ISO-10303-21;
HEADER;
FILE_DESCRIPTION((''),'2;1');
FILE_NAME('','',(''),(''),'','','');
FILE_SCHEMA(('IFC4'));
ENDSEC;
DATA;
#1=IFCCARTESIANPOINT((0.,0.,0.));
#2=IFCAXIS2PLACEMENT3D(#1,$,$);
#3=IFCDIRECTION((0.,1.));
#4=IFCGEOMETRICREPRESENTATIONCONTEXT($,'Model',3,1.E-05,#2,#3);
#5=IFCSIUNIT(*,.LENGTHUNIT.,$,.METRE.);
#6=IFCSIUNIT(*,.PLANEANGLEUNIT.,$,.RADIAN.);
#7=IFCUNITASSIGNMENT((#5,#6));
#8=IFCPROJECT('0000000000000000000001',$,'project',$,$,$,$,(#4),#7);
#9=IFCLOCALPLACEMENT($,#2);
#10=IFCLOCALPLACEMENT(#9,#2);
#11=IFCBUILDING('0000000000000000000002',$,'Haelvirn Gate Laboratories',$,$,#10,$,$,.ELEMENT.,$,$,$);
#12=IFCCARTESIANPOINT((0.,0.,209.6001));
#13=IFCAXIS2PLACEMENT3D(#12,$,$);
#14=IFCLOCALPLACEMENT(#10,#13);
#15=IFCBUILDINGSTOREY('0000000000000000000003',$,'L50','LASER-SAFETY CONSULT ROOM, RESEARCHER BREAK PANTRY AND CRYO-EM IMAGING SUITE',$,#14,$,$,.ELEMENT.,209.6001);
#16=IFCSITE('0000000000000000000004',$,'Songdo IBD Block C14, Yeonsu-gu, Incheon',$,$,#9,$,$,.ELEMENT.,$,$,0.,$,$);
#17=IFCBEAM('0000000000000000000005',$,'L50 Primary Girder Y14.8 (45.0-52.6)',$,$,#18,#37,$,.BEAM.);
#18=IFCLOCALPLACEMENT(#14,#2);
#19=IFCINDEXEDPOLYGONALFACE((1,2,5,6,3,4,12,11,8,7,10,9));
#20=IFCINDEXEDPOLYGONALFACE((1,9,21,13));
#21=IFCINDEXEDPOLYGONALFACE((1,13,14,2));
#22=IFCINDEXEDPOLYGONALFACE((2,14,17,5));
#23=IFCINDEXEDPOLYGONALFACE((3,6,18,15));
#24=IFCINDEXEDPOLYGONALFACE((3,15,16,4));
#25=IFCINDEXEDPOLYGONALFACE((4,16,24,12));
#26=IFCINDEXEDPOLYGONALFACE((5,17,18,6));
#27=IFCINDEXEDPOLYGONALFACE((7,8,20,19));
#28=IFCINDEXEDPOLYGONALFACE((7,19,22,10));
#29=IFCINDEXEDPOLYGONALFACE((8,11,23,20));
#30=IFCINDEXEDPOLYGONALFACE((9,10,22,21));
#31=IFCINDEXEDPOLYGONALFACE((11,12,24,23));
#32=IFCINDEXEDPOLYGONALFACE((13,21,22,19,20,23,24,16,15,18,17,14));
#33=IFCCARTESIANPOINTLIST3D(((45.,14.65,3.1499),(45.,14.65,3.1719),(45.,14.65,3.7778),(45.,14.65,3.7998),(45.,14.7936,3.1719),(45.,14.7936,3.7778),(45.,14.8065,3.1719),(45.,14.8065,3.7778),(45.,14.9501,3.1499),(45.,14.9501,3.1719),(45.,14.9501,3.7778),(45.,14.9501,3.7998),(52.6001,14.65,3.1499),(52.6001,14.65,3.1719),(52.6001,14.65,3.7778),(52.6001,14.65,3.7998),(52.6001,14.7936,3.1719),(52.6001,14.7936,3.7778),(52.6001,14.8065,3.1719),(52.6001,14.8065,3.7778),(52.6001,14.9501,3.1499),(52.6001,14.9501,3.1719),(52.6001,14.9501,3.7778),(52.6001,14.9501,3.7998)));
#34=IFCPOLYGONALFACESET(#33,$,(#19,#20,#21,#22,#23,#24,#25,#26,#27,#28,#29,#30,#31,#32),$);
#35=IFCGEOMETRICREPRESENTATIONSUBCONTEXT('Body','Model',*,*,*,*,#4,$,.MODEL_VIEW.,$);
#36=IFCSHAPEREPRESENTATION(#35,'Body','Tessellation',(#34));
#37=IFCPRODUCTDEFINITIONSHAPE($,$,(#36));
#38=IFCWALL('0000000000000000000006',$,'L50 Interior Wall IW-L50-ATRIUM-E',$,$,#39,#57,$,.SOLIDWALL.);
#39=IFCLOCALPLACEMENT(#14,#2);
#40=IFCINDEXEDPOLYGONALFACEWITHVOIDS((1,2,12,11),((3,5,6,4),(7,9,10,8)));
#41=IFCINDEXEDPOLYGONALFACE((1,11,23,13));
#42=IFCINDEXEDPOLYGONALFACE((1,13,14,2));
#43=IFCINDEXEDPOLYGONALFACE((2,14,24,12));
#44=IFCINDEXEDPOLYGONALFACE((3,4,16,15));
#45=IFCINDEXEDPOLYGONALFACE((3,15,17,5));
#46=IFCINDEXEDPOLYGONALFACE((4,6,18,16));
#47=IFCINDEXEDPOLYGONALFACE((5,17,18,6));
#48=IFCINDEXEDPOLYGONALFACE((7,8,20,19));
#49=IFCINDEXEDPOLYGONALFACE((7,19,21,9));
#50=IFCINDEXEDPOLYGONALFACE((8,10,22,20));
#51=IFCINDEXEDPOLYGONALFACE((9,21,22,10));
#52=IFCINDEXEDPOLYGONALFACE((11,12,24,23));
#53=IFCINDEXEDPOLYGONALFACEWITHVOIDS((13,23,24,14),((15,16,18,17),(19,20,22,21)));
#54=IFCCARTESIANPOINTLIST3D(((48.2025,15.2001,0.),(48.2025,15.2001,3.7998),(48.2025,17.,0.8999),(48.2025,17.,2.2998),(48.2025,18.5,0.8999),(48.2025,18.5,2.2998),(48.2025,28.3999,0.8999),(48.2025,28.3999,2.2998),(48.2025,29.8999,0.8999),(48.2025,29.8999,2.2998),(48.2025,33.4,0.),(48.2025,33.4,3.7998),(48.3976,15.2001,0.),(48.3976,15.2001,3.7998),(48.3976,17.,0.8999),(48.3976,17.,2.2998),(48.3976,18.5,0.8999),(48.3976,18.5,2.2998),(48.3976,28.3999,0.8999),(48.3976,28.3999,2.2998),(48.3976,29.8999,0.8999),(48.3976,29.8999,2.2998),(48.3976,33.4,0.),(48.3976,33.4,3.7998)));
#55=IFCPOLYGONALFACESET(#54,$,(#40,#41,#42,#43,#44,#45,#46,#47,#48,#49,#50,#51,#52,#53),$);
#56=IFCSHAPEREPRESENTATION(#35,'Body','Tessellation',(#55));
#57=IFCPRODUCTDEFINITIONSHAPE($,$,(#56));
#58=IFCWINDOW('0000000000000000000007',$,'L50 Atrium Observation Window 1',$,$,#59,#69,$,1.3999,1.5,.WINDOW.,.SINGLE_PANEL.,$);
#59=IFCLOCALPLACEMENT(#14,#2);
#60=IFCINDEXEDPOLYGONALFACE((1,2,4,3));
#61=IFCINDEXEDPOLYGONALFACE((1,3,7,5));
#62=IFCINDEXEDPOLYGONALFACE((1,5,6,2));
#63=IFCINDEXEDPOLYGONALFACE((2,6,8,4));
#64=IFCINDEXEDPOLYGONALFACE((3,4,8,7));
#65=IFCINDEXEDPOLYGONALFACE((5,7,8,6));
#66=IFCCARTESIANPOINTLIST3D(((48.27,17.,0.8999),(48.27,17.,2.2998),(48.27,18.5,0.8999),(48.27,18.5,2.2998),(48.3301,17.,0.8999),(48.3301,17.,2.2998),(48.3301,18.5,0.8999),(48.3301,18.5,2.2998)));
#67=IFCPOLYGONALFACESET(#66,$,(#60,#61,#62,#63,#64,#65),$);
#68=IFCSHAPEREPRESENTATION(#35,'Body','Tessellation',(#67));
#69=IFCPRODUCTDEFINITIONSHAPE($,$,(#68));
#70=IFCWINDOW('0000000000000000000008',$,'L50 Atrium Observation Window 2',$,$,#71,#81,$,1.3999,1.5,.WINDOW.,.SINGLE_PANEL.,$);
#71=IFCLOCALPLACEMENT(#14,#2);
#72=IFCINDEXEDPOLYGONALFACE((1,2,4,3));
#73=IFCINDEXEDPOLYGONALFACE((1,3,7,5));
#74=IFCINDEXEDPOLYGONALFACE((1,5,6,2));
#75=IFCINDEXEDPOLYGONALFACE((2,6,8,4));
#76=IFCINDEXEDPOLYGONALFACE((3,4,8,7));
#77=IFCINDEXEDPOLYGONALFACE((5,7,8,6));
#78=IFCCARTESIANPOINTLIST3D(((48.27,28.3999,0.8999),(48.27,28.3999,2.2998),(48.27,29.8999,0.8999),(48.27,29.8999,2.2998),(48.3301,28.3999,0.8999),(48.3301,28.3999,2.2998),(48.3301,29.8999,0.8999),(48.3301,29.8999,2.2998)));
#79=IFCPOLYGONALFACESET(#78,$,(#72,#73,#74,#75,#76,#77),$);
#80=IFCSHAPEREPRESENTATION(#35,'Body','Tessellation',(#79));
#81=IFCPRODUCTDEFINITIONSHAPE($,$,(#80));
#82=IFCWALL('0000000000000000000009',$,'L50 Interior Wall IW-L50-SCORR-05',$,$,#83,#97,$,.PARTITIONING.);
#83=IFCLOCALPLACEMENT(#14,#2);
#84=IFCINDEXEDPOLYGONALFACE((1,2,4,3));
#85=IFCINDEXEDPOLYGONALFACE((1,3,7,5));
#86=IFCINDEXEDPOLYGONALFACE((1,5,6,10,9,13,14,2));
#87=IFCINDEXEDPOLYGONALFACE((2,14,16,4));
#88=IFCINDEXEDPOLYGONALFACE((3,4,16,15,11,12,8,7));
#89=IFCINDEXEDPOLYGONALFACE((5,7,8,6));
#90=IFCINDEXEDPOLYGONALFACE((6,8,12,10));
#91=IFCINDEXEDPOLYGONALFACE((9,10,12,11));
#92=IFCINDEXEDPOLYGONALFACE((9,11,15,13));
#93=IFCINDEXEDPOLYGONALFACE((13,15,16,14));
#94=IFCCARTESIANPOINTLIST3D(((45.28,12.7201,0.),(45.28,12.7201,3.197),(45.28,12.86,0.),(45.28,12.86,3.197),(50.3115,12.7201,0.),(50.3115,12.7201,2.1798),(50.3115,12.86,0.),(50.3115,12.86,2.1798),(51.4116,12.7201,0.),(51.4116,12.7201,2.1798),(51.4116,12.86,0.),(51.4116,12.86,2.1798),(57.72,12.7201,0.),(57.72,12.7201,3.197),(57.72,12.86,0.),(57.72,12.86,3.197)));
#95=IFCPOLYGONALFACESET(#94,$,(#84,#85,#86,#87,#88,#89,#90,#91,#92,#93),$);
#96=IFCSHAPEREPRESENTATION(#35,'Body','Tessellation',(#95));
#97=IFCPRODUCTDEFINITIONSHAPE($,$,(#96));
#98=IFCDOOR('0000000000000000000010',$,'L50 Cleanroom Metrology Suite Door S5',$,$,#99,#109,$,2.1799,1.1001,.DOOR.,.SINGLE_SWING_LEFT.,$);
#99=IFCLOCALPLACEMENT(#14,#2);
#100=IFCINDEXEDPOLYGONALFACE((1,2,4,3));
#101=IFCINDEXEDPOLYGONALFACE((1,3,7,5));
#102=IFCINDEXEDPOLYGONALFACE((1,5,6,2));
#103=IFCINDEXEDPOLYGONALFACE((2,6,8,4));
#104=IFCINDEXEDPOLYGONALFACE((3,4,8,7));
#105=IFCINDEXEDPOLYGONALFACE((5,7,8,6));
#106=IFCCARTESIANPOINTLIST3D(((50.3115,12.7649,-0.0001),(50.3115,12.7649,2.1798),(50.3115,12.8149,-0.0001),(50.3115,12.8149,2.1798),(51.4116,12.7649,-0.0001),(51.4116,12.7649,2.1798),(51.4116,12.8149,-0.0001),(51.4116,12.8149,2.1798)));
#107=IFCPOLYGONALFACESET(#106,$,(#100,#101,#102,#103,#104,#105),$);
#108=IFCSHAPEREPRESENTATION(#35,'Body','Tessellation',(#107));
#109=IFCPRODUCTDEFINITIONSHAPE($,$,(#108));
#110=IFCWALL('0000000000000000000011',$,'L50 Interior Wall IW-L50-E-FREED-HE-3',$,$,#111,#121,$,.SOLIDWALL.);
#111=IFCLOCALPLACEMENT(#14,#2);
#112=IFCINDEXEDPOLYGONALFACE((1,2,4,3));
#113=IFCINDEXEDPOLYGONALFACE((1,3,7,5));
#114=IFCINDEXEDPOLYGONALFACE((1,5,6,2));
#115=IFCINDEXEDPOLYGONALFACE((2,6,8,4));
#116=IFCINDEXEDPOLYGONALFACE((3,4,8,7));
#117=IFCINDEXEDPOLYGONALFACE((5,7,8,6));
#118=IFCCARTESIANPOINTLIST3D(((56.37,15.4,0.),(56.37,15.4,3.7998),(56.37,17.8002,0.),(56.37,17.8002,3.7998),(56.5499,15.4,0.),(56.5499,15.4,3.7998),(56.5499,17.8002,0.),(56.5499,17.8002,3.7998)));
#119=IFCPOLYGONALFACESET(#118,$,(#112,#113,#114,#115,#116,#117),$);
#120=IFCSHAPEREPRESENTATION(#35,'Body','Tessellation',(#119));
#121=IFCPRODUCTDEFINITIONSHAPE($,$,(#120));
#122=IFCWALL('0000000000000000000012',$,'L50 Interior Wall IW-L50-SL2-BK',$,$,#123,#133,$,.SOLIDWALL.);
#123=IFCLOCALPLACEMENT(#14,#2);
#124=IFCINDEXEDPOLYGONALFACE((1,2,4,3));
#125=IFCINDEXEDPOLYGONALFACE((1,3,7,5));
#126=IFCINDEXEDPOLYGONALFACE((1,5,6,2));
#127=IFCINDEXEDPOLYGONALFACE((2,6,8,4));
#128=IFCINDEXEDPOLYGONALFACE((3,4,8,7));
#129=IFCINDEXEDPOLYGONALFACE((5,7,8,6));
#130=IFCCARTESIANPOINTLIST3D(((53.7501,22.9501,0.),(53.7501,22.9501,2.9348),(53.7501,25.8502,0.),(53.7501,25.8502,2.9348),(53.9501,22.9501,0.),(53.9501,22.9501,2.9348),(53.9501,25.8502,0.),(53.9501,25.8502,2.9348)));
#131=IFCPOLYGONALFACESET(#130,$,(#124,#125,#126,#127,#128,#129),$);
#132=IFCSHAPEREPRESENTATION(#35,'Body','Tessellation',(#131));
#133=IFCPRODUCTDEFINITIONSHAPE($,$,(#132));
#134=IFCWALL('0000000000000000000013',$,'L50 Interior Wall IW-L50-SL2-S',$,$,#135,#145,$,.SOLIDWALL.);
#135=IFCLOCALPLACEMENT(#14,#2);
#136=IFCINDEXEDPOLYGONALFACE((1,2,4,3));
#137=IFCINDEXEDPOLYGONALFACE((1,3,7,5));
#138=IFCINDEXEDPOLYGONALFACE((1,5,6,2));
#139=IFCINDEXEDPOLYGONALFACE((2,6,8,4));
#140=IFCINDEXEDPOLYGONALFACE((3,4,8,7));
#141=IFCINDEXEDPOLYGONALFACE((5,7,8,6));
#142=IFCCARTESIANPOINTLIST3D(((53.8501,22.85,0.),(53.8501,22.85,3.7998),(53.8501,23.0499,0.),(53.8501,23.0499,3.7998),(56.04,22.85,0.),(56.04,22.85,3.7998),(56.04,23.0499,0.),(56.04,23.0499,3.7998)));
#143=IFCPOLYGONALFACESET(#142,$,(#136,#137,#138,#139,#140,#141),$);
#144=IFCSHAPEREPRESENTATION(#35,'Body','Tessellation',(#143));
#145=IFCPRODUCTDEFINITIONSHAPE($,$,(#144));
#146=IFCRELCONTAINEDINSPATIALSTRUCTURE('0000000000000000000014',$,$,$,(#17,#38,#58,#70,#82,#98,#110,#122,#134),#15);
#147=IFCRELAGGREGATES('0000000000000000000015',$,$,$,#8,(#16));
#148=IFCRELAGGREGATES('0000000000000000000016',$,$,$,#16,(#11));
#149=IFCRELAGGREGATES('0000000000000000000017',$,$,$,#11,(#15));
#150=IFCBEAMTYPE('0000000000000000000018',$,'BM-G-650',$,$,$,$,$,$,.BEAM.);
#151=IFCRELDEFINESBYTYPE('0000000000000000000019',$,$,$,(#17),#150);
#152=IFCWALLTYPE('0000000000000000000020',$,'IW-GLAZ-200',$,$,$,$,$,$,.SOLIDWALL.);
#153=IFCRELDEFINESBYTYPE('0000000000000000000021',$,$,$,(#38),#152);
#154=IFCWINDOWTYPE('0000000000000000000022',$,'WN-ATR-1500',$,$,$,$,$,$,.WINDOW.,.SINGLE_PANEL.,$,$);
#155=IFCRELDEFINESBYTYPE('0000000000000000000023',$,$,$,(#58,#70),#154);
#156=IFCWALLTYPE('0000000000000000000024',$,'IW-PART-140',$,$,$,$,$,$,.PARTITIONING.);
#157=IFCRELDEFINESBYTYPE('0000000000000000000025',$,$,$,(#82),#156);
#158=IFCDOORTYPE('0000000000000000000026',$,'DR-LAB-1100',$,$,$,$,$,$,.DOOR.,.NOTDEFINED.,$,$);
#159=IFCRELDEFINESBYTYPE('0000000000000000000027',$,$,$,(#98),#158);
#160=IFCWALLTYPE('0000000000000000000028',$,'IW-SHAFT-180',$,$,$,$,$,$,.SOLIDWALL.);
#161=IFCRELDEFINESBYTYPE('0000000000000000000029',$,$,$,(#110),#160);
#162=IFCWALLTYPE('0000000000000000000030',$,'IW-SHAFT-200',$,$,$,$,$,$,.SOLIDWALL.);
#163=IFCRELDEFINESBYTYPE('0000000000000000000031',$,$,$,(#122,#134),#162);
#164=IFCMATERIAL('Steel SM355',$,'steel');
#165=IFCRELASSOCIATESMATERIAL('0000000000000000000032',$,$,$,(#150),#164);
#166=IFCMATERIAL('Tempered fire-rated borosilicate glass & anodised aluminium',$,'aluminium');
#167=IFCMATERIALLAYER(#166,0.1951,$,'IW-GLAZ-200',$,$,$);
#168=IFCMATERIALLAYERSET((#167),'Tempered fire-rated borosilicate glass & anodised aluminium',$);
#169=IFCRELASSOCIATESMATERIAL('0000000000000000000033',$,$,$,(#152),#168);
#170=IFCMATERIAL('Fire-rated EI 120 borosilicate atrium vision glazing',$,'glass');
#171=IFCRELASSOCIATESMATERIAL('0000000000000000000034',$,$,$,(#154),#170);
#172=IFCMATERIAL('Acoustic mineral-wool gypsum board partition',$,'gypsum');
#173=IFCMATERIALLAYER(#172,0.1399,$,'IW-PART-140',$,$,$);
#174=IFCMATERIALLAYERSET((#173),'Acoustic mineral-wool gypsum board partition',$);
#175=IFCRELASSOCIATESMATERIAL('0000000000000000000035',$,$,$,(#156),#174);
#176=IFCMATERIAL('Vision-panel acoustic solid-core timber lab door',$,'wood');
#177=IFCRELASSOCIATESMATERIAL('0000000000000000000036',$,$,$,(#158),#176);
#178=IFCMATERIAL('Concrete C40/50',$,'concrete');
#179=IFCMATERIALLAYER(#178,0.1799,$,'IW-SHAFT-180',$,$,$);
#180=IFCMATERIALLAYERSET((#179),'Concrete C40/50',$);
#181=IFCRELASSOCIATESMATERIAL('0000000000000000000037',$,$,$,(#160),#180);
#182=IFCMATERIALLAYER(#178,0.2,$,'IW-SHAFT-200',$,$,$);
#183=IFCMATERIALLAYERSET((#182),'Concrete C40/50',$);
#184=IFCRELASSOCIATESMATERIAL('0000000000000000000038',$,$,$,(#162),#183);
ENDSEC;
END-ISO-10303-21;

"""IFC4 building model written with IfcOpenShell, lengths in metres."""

from ifc_helpers import new_model, si_unit, direction, frame, frame_2d, origin, origin_2d, place, context, subcontext, project, spatial, rectangle, i_section, extrude, source, transform, mapped, material, layer, layer_set, material_profile, profile_set, type_object, type_shapes, element, fill, save


model = new_model("IFC4")

# Units and contexts
model_context = context("Model", 3, precision=1e-05, world=origin(), true_north=direction((0.0, 1.0)))
body_context = subcontext(model_context, "Body", "Model", "MODEL_VIEW")
ifc_project = project(units=[si_unit("LENGTHUNIT", "METRE"), si_unit("PLANEANGLEUNIT", "RADIAN")], contexts=[model_context])

# Site, building, storey
site_placement = place(None, origin())
site = spatial("IfcSite", under=ifc_project, at=site_placement, Name="Songdo IBD Block C14, Yeonsu-gu, Incheon", CompositionType="ELEMENT", RefElevation=0.0)
building_placement = place(site_placement, origin())
building = spatial("IfcBuilding", under=site, at=building_placement, Name="Haelvirn Gate Laboratories", CompositionType="ELEMENT")
storey_placement = place(building_placement, frame((0.0, 0.0, 209.6001)))
storey = spatial("IfcBuildingStorey", under=building, at=storey_placement, Name="L50", Description="LASER-SAFETY CONSULT ROOM, RESEARCHER BREAK PANTRY AND CRYO-EM IMAGING SUITE", CompositionType="ELEMENT", Elevation=209.6001)

# Shared definitions
ifc_material_1 = material(Name="Steel SM355", Category="steel")

# Beam
ifc_material_profile_1 = material_profile(ifc_material_1, i_section(OverallWidth=0.3, OverallDepth=0.6499, WebThickness=0.0129, FlangeThickness=0.022, at=origin_2d()), Name="H-650x300x13x22")
ifc_profile_set_1 = profile_set([ifc_material_profile_1], Name="Steel SM355")
beam_type_1 = type_object("IfcBeamType", Name="BM-G-650", PredefinedType="BEAM", material=ifc_profile_set_1)
shared_shape_1 = source(origin(), body_context, "Body", "SweptSolid", [
    extrude(i_section(OverallWidth=0.3, OverallDepth=0.6499, WebThickness=0.0129, FlangeThickness=0.022, at=origin_2d()), origin(), (0.0, 0.0, 1.0), 7.6001),
])
for number, where, z_axis, x_axis, name in (
    (1, (45.0, 14.8, 3.4749), (1.0, 0.0, 0.0), (0.0, 1.0, 0.0), "L50 Primary Girder Y14.8 (45.0-52.6)"),
):
    element("IfcBeam", number, at=place(storey_placement, frame(where, z_axis=z_axis, x_axis=x_axis)), inside=storey, type_object=beam_type_1, Name=name, PredefinedType="BEAM", context=body_context, shape_type="MappedRepresentation", body=[
        mapped(shared_shape_1, transform((0.0, 0.0, 0.0), scale=1.0)),
    ])

# Wall, openings, windows
ifc_material_2 = material(Name="Tempered fire-rated borosilicate glass & anodised aluminium", Category="aluminium")
ifc_layer_1 = layer(ifc_material_2, 0.1951, Name="IW-GLAZ-200")
ifc_layer_set_1 = layer_set([ifc_layer_1], Name="Tempered fire-rated borosilicate glass & anodised aluminium")
wall_type_1 = type_object("IfcWallType", Name="IW-GLAZ-200", PredefinedType="SOLIDWALL", material=ifc_layer_set_1)
wall_1_placement = place(storey_placement, frame((48.3, 15.2, 0.0), z_axis=(0.0, 0.0, 1.0), x_axis=(0.0, 1.0, 0.0)))
wall_1 = element("IfcWall", 2, at=wall_1_placement, inside=storey, type_object=wall_type_1, Name="L50 Interior Wall IW-L50-ATRIUM-E", PredefinedType="SOLIDWALL", context=body_context, shape_type="SweptSolid", body=[
    extrude(rectangle(XDim=18.2, YDim=0.1951, at=frame_2d((9.1001, 0.0))), origin(), (0.0, 0.0, 1.0), 3.7998),
])
opening_1_placement = place(wall_1_placement, frame((1.8, 0.0, 0.8999)))
opening_1 = element("IfcOpeningElement", 3, at=opening_1_placement, cuts=wall_1, PredefinedType="OPENING", context=body_context, shape_type="SweptSolid", body=[
    extrude(rectangle(XDim=1.5, YDim=1.3999, at=frame_2d((0.75, 0.7))), frame((0.0, 0.1074, 0.0), z_axis=(0.0, -1.0, 0.0), x_axis=(1.0, 0.0, 0.0)), (0.0, 0.0, 1.0), 0.2151),
])
opening_2_placement = place(wall_1_placement, frame((13.2, 0.0, 0.8999)))
opening_2 = element("IfcOpeningElement", 4, at=opening_2_placement, cuts=wall_1, PredefinedType="OPENING", context=body_context, shape_type="SweptSolid", body=[
    extrude(rectangle(XDim=1.5, YDim=1.3999, at=frame_2d((0.75, 0.7))), frame((0.0, 0.1074, 0.0), z_axis=(0.0, -1.0, 0.0), x_axis=(1.0, 0.0, 0.0)), (0.0, 0.0, 1.0), 0.2151),
])
ifc_material_3 = material(Name="Fire-rated EI 120 borosilicate atrium vision glazing", Category="glass")
window_type = type_object("IfcWindowType", Name="WN-ATR-1500", PartitioningType="SINGLE_PANEL", PredefinedType="WINDOW", material=ifc_material_3)
shared_shape_2 = source(origin(), body_context, "Body", "SweptSolid", [
    extrude(rectangle(XDim=1.5, YDim=1.3999, at=frame_2d((0.75, 0.7))), frame((0.0, 0.03, 0.0), z_axis=(0.0, -1.0, 0.0), x_axis=(1.0, 0.0, 0.0)), (0.0, 0.0, 1.0), 0.0601),
])
type_shapes(window_type, [shared_shape_2])
window_1_placement = place(opening_1_placement, origin())
window_1 = element("IfcWindow", 5, at=window_1_placement, inside=storey, type_object=window_type, Name="L50 Atrium Observation Window 1", OverallHeight=1.3999, OverallWidth=1.5, PartitioningType="SINGLE_PANEL", PredefinedType="WINDOW", context=body_context, shape_type="MappedRepresentation", body=[
    mapped(shared_shape_2, transform((0.0, 0.0, 0.0), scale=1.0)),
])
fill(opening_1, window_1)
window_2_placement = place(opening_2_placement, origin())
window_2 = element("IfcWindow", 6, at=window_2_placement, inside=storey, type_object=window_type, Name="L50 Atrium Observation Window 2", OverallHeight=1.3999, OverallWidth=1.5, PartitioningType="SINGLE_PANEL", PredefinedType="WINDOW", context=body_context, shape_type="MappedRepresentation", body=[
    mapped(shared_shape_2, transform((0.0, 0.0, 0.0), scale=1.0)),
])
fill(opening_2, window_2)

# Wall, opening, door
ifc_material_4 = material(Name="Acoustic mineral-wool gypsum board partition", Category="gypsum")
ifc_layer_2 = layer(ifc_material_4, 0.1399, Name="IW-PART-140")
ifc_layer_set_2 = layer_set([ifc_layer_2], Name="Acoustic mineral-wool gypsum board partition")
wall_type_2 = type_object("IfcWallType", Name="IW-PART-140", PredefinedType="PARTITIONING", material=ifc_layer_set_2)
wall_2_placement = place(storey_placement, frame((45.28, 12.79, 0.0), z_axis=(0.0, 0.0, 1.0), x_axis=(1.0, 0.0, 0.0)))
wall_2 = element("IfcWall", 7, at=wall_2_placement, inside=storey, type_object=wall_type_2, Name="L50 Interior Wall IW-L50-SCORR-05", PredefinedType="PARTITIONING", context=body_context, shape_type="SweptSolid", body=[
    extrude(rectangle(XDim=12.4399, YDim=0.1399, at=frame_2d((6.22, 0.0))), origin(), (0.0, 0.0, 1.0), 3.197),
])
opening_3_placement = place(wall_2_placement, frame((5.0315, 0.0, 0.0)))
opening_3 = element("IfcOpeningElement", 8, at=opening_3_placement, cuts=wall_2, PredefinedType="OPENING", context=body_context, shape_type="SweptSolid", body=[
    extrude(rectangle(XDim=1.1001, YDim=2.1799, at=frame_2d((0.55, 1.0898))), frame((0.0, 0.0801, 0.0), z_axis=(0.0, -1.0, 0.0), x_axis=(1.0, 0.0, 0.0)), (0.0, 0.0, 1.0), 0.1599),
])
ifc_material_5 = material(Name="Vision-panel acoustic solid-core timber lab door", Category="wood")
door_type_1 = type_object("IfcDoorType", Name="DR-LAB-1100", OperationType="NOTDEFINED", PredefinedType="DOOR", material=ifc_material_5)
shared_shape_3 = source(origin(), body_context, "Body", "SweptSolid", [
    extrude(rectangle(XDim=1.1001, YDim=2.1799, at=frame_2d((0.55, 1.0898))), frame((0.0, 0.0249, 0.0), z_axis=(0.0, -1.0, 0.0), x_axis=(1.0, 0.0, 0.0)), (0.0, 0.0, 1.0), 0.05),
])
type_shapes(door_type_1, [shared_shape_3])
door_1_placement = place(opening_3_placement, origin())
door_1 = element("IfcDoor", 9, at=door_1_placement, inside=storey, type_object=door_type_1, Name="L50 Cleanroom Metrology Suite Door S5", OperationType="SINGLE_SWING_LEFT", OverallHeight=2.1799, OverallWidth=1.1001, PredefinedType="DOOR", context=body_context, shape_type="MappedRepresentation", body=[
    mapped(shared_shape_3, transform((0.0, 0.0, 0.0), scale=1.0)),
])
fill(opening_3, door_1)
ifc_material_6 = material(Name="Concrete C40/50", Category="concrete")
ifc_layer_3 = layer(ifc_material_6, 0.1799, Name="IW-SHAFT-180")
ifc_layer_set_3 = layer_set([ifc_layer_3], Name="Concrete C40/50")
wall_type_3 = type_object("IfcWallType", Name="IW-SHAFT-180", PredefinedType="SOLIDWALL", material=ifc_layer_set_3)

# Walls
wall_3_placement = place(storey_placement, frame((56.46, 15.3999, 0.0), z_axis=(0.0, 0.0, 1.0), x_axis=(0.0, 1.0, 0.0)))
element("IfcWall", 10, at=wall_3_placement, inside=storey, type_object=wall_type_3, Name="L50 Interior Wall IW-L50-E-FREED-HE-3", PredefinedType="SOLIDWALL", context=body_context, shape_type="SweptSolid", body=[
    extrude(rectangle(XDim=2.4001, YDim=0.1799, at=frame_2d((1.2002, 0.0))), origin(), (0.0, 0.0, 1.0), 3.7998),
])
ifc_layer_4 = layer(ifc_material_6, 0.2, Name="IW-SHAFT-200")
ifc_layer_set_4 = layer_set([ifc_layer_4], Name="Concrete C40/50")
wall_type_4 = type_object("IfcWallType", Name="IW-SHAFT-200", PredefinedType="SOLIDWALL", material=ifc_layer_set_4)
wall_4_placement = place(storey_placement, frame((53.8501, 22.95, 0.0), z_axis=(0.0, 0.0, 1.0), x_axis=(0.0, 1.0, 0.0)))
element("IfcWall", 11, at=wall_4_placement, inside=storey, type_object=wall_type_4, Name="L50 Interior Wall IW-L50-SL2-BK", PredefinedType="SOLIDWALL", context=body_context, shape_type="SweptSolid", body=[
    extrude(rectangle(XDim=2.9001, YDim=0.2, at=frame_2d((1.4502, 0.0))), origin(), (0.0, 0.0, 1.0), 2.9348),
])
wall_5_placement = place(storey_placement, frame((53.8501, 22.95, 0.0), z_axis=(0.0, 0.0, 1.0), x_axis=(1.0, 0.0, 0.0)))
element("IfcWall", 12, at=wall_5_placement, inside=storey, type_object=wall_type_4, Name="L50 Interior Wall IW-L50-SL2-S", PredefinedType="SOLIDWALL", context=body_context, shape_type="SweptSolid", body=[
    extrude(rectangle(XDim=2.1899, YDim=0.2, at=frame_2d((1.095, 0.0))), origin(), (0.0, 0.0, 1.0), 3.7998),
])

save(model, "model.ifc")
